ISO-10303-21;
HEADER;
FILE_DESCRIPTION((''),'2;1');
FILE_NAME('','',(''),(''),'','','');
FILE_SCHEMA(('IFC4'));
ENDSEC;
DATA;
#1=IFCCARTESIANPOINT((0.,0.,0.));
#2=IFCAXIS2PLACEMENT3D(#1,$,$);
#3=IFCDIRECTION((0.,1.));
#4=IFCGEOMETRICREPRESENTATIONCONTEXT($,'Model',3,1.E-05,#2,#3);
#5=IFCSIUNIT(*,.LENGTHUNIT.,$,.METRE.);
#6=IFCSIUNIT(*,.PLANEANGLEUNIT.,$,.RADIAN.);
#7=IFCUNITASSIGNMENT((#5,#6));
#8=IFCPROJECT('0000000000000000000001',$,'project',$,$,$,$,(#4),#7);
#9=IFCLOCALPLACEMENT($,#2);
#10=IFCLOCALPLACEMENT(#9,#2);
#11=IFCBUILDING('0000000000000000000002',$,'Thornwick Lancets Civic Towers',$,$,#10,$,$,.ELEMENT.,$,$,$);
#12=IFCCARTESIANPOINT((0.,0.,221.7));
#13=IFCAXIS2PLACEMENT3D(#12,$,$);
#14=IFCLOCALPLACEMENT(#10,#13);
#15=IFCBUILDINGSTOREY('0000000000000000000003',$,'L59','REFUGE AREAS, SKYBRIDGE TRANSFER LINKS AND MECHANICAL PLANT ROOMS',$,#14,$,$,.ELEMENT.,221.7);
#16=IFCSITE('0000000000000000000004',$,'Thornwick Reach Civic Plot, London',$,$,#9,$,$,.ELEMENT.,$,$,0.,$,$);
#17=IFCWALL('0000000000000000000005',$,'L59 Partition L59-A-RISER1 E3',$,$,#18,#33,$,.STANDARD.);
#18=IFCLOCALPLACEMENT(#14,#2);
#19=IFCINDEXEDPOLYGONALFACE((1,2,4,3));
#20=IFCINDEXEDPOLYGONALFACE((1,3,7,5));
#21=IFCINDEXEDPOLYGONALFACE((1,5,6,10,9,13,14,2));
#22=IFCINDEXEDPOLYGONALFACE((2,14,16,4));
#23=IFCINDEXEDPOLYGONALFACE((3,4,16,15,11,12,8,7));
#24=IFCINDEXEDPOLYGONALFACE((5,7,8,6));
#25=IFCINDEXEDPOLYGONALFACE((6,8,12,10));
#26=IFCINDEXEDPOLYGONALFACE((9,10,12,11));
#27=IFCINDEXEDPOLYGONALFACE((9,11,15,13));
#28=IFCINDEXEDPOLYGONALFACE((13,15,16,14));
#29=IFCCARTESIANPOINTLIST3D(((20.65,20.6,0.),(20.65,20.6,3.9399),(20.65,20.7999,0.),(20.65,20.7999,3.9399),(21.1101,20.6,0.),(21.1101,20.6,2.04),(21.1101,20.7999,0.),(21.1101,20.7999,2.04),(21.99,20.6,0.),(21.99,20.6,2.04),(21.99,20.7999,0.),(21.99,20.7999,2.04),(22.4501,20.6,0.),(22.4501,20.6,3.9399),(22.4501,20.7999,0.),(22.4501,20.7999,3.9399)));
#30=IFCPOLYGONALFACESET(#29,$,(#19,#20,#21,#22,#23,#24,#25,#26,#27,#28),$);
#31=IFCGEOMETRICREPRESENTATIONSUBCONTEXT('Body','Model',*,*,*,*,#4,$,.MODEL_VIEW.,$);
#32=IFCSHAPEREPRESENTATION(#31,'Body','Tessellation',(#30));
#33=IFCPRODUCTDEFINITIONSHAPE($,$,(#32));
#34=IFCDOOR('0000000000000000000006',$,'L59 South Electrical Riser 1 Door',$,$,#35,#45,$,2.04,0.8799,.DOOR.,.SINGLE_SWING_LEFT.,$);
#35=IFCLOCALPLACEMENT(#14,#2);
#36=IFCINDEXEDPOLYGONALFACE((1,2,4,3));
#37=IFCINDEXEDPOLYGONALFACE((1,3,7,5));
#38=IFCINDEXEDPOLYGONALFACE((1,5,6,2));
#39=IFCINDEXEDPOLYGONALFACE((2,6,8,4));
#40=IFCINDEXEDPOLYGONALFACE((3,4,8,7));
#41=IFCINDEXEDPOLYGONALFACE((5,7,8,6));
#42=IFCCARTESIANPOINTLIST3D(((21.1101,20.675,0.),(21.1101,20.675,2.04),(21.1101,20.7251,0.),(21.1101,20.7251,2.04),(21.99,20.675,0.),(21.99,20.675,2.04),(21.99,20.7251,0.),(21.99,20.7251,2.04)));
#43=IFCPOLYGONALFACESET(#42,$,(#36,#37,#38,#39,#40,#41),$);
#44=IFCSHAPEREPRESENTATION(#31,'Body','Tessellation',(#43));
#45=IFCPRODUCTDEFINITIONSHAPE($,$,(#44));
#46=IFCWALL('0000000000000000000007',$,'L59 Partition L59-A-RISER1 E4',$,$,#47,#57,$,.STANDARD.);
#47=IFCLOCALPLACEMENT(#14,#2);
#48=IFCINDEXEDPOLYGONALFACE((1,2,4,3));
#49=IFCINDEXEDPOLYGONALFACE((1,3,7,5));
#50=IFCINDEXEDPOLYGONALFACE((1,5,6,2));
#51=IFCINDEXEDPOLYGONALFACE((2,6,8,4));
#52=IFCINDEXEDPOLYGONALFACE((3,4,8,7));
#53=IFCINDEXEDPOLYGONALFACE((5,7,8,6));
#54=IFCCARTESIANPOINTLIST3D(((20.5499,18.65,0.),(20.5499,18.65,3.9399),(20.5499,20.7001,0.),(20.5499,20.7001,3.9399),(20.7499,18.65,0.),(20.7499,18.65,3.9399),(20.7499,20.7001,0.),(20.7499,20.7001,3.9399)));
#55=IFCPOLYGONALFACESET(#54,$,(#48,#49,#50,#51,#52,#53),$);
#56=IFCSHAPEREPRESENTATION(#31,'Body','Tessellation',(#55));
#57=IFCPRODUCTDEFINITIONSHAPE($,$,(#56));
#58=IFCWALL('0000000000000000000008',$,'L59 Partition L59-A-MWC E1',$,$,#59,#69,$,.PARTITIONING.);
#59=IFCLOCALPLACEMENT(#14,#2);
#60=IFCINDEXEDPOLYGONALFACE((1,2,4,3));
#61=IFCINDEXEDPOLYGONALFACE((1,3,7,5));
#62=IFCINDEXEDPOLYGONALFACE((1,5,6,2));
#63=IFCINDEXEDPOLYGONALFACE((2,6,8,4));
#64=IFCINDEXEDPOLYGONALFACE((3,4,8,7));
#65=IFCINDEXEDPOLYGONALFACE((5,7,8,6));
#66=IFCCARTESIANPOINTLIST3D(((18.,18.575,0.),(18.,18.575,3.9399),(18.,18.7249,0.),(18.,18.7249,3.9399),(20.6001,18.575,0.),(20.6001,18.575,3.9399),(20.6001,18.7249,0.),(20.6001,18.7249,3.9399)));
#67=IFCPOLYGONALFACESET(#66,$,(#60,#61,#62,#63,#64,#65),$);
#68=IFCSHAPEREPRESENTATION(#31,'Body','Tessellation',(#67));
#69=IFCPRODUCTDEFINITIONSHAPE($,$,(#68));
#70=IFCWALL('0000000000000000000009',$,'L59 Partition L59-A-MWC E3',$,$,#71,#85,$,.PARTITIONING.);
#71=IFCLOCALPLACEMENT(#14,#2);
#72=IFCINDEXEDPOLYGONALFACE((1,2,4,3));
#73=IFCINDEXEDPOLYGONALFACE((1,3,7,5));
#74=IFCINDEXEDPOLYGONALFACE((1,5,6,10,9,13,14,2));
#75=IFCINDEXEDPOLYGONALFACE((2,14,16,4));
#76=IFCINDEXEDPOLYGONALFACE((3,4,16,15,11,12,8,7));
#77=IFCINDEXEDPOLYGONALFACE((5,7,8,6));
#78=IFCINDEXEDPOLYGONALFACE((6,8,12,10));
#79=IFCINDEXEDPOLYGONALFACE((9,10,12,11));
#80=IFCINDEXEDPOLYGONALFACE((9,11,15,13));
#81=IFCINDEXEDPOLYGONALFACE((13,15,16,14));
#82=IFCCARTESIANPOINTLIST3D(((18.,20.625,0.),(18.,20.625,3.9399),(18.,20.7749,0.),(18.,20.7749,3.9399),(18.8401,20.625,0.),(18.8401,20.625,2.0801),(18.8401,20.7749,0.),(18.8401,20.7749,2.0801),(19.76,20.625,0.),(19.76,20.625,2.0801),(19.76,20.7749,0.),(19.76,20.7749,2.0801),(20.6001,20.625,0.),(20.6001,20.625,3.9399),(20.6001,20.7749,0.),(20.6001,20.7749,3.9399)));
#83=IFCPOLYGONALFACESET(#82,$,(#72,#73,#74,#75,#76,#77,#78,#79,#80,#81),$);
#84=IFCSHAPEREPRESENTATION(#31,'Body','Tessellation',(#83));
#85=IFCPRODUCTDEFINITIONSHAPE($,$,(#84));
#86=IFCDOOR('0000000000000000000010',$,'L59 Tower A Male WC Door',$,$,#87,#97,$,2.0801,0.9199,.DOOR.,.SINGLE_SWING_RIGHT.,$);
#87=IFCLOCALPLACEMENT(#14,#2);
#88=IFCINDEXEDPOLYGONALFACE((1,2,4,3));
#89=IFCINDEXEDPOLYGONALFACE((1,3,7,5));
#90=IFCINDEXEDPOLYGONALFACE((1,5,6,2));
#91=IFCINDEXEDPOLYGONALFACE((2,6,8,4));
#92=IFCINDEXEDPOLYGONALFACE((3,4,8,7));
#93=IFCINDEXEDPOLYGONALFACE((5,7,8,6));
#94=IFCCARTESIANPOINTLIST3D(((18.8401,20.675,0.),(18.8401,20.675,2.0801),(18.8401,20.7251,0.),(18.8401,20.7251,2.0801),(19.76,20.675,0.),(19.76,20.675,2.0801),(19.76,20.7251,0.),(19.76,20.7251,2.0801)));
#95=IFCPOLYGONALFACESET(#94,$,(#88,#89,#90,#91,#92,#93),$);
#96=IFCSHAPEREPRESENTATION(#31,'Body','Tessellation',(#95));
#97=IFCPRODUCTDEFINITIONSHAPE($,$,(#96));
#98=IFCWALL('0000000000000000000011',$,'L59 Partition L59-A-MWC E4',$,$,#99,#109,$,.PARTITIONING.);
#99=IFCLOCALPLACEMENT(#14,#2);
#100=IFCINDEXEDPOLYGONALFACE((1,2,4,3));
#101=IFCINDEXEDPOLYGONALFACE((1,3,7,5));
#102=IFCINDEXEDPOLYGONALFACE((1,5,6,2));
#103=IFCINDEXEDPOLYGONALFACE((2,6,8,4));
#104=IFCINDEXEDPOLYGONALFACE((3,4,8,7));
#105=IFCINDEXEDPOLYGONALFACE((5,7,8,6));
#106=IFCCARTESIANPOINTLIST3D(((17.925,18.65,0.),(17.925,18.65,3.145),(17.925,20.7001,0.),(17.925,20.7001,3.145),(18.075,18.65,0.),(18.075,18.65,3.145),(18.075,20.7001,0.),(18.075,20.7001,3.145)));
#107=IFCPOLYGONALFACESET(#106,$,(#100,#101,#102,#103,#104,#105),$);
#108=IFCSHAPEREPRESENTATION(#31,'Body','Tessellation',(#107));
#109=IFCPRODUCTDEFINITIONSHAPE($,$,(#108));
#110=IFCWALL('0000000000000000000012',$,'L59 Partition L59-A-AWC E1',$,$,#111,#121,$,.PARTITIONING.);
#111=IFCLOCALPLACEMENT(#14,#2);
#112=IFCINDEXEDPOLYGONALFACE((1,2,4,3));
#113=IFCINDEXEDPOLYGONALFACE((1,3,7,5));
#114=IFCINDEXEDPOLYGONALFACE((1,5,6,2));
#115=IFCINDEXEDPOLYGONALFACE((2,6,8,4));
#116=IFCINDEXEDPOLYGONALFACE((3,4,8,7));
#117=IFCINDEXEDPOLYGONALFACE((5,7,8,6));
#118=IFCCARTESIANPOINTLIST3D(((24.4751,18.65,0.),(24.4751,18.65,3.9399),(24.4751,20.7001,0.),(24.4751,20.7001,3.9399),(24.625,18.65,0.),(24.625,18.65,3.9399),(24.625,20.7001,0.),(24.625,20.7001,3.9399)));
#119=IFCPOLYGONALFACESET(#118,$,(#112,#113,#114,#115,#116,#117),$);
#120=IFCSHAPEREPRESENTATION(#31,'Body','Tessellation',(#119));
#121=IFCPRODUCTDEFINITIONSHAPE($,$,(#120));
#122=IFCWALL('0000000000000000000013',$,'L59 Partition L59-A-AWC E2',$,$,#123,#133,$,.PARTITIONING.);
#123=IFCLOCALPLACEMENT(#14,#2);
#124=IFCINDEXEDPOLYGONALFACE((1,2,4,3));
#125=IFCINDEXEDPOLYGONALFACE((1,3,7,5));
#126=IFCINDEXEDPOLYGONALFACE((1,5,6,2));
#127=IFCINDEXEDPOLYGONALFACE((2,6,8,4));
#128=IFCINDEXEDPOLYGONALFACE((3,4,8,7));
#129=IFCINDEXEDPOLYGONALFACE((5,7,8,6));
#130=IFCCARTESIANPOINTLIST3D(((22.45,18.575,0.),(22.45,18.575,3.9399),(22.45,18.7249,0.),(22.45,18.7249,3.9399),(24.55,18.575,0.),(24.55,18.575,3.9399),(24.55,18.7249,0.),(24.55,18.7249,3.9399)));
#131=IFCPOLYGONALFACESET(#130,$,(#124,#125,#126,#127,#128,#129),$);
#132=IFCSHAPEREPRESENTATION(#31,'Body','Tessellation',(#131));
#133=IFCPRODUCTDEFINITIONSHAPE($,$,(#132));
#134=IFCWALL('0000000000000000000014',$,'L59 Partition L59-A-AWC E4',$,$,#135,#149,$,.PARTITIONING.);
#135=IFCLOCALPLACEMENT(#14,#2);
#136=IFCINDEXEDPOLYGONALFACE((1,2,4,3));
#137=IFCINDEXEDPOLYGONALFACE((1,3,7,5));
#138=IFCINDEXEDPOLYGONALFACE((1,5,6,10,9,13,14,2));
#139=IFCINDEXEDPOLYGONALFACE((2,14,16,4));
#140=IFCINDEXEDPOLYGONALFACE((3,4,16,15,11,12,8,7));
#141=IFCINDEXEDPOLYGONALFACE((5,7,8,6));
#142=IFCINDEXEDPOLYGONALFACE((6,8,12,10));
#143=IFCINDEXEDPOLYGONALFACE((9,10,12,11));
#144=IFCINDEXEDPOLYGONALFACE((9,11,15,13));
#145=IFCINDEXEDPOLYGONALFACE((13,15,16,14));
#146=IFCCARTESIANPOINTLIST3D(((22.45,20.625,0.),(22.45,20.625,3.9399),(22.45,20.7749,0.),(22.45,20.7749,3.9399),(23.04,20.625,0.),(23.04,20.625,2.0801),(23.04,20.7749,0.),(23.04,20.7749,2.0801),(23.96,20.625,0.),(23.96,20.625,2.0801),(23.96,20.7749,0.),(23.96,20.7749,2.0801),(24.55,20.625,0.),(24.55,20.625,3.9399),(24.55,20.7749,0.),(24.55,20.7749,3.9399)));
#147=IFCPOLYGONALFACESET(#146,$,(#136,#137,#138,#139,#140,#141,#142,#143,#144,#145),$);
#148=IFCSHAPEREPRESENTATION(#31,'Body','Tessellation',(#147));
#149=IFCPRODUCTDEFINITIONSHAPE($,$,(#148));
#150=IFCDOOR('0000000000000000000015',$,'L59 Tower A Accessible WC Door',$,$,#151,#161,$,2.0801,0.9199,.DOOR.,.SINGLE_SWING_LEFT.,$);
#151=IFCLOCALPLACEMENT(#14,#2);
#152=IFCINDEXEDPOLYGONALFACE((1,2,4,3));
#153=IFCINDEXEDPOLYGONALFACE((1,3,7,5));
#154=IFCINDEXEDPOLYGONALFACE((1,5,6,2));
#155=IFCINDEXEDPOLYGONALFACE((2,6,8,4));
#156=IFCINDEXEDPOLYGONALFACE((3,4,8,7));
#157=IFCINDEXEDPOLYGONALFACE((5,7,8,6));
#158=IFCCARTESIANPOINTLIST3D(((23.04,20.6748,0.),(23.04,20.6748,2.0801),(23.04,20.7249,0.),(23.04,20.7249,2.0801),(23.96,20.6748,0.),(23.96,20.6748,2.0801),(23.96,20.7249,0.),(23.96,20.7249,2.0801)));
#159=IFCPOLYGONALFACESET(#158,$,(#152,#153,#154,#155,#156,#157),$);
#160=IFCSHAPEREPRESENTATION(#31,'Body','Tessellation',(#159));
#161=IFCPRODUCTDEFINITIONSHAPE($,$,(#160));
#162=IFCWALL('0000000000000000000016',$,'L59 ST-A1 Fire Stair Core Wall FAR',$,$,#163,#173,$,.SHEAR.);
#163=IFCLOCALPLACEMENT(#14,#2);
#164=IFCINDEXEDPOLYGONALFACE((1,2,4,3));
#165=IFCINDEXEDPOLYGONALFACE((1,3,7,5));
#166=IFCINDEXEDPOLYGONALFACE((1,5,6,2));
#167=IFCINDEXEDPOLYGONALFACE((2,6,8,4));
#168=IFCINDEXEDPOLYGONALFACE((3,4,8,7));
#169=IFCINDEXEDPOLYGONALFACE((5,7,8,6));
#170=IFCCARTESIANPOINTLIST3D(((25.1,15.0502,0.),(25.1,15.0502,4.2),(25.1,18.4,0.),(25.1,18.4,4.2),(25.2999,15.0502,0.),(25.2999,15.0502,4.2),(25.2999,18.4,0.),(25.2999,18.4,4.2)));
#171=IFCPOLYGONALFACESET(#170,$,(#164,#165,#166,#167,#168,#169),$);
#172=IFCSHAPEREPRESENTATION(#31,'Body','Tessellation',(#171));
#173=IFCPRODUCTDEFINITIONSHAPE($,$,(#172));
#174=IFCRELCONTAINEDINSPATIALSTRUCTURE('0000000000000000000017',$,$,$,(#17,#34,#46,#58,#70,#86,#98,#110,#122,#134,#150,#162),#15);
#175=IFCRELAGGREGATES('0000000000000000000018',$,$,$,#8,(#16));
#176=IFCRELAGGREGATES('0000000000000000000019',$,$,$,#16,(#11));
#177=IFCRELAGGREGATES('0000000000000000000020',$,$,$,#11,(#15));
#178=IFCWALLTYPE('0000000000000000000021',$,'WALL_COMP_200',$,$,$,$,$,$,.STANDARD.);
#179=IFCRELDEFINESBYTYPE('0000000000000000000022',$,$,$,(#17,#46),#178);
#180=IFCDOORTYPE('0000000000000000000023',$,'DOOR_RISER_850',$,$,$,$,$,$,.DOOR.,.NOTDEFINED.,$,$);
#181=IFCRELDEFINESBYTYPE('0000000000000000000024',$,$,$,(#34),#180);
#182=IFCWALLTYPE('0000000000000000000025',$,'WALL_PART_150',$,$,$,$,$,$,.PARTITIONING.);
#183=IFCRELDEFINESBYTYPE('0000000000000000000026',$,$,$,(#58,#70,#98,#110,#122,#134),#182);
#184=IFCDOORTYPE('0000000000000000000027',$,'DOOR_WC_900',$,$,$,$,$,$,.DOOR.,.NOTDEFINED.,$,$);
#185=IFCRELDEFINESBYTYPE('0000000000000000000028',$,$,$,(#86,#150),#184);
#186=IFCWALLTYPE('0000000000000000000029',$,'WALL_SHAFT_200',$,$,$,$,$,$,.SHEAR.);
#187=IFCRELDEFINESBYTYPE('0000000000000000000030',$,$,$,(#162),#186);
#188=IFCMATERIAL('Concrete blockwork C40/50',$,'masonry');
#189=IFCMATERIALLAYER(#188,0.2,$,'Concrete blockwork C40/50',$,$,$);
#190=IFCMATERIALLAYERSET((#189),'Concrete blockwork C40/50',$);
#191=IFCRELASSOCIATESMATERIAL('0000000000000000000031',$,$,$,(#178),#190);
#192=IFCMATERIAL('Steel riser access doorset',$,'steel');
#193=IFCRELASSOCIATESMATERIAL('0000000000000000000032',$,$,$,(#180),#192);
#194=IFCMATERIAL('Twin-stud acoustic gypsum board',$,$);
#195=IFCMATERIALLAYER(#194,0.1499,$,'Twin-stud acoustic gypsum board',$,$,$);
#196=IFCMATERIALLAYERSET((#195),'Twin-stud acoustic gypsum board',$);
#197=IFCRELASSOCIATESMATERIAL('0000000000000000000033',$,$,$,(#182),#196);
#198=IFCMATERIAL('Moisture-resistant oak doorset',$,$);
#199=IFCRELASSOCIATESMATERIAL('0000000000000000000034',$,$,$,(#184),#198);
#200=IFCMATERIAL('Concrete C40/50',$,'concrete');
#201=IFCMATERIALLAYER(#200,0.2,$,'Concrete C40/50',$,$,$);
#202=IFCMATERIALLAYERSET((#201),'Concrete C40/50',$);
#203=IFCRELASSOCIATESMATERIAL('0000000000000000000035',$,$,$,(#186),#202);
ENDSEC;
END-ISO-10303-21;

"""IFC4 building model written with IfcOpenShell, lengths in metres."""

from ifc_helpers import new_model, si_unit, direction, frame, frame_2d, origin, place, context, subcontext, project, spatial, rectangle, extrude, material, layer, layer_set, type_object, element, fill, save


model = new_model("IFC4")

# Units and contexts
model_context = context("Model", 3, precision=1e-05, world=origin(), true_north=direction((0.0, 1.0)))
body_context = subcontext(model_context, "Body", "Model", "MODEL_VIEW")
ifc_project = project(units=[si_unit("LENGTHUNIT", "METRE"), si_unit("PLANEANGLEUNIT", "RADIAN")], contexts=[model_context])

# Site, building, storey
site_placement = place(None, origin())
site = spatial("IfcSite", under=ifc_project, at=site_placement, Name="Thornwick Reach Civic Plot, London", CompositionType="ELEMENT", RefElevation=0.0)
building_placement = place(site_placement, origin())
building = spatial("IfcBuilding", under=site, at=building_placement, Name="Thornwick Lancets Civic Towers", CompositionType="ELEMENT")
storey_placement = place(building_placement, frame((0.0, 0.0, 221.7)))
storey = spatial("IfcBuildingStorey", under=building, at=storey_placement, Name="L59", Description="REFUGE AREAS, SKYBRIDGE TRANSFER LINKS AND MECHANICAL PLANT ROOMS", CompositionType="ELEMENT", Elevation=221.7)

# Shared definitions
ifc_material_1 = material(Name="Concrete blockwork C40/50", Category="masonry")
ifc_layer_1 = layer(ifc_material_1, 0.2, Name="Concrete blockwork C40/50")
ifc_layer_set_1 = layer_set([ifc_layer_1], Name="Concrete blockwork C40/50")
wall_type_1 = type_object("IfcWallType", Name="WALL_COMP_200", PredefinedType="STANDARD", material=ifc_layer_set_1)

# Wall, opening, door
wall_1_placement = place(storey_placement, frame((22.45, 20.7, 0.0), z_axis=(0.0, 0.0, 1.0), x_axis=(-1.0, 0.0, 0.0)))
wall_1 = element("IfcWall", 1, at=wall_1_placement, inside=storey, type_object=wall_type_1, Name="L59 Partition L59-A-RISER1 E3", PredefinedType="STANDARD", context=body_context, shape_type="SweptSolid", body=[
    extrude(rectangle(XDim=1.8, YDim=0.2, at=frame_2d((0.8999, 0.0))), origin(), (0.0, 0.0, 1.0), 3.9399),
])
opening_1_placement = place(wall_1_placement, frame((0.46, 0.0, 0.0)))
opening_1 = element("IfcOpeningElement", 2, at=opening_1_placement, cuts=wall_1, PredefinedType="OPENING", context=body_context, shape_type="SweptSolid", body=[
    extrude(rectangle(XDim=0.8799, YDim=2.04, at=frame_2d((0.4399, 1.02))), frame((0.0, 0.1099, 0.0), z_axis=(0.0, -1.0, 0.0), x_axis=(1.0, 0.0, 0.0)), (0.0, 0.0, 1.0), 0.22),
])
ifc_material_2 = material(Name="Steel riser access doorset", Category="steel")
door_type_1 = type_object("IfcDoorType", Name="DOOR_RISER_850", OperationType="NOTDEFINED", PredefinedType="DOOR", material=ifc_material_2)
door_1_placement = place(opening_1_placement, origin())
door_1 = element("IfcDoor", 3, at=door_1_placement, inside=storey, type_object=door_type_1, Name="L59 South Electrical Riser 1 Door", OperationType="SINGLE_SWING_LEFT", OverallHeight=2.04, OverallWidth=0.8799, PredefinedType="DOOR", context=body_context, shape_type="SweptSolid", body=[
    extrude(rectangle(XDim=0.8799, YDim=2.04, at=frame_2d((0.4399, 1.02))), frame((0.0, 0.0249, 0.0), z_axis=(0.0, -1.0, 0.0), x_axis=(1.0, 0.0, 0.0)), (0.0, 0.0, 1.0), 0.05),
])
fill(opening_1, door_1)

# Walls
wall_2_placement = place(storey_placement, frame((20.6499, 20.7, 0.0), z_axis=(0.0, 0.0, 1.0), x_axis=(0.0, -1.0, 0.0)))
element("IfcWall", 4, at=wall_2_placement, inside=storey, type_object=wall_type_1, Name="L59 Partition L59-A-RISER1 E4", PredefinedType="STANDARD", context=body_context, shape_type="SweptSolid", body=[
    extrude(rectangle(XDim=2.05, YDim=0.2, at=frame_2d((1.0249, 0.0))), origin(), (0.0, 0.0, 1.0), 3.9399),
])
ifc_material_3 = material(Name="Twin-stud acoustic gypsum board")
ifc_layer_2 = layer(ifc_material_3, 0.1499, Name="Twin-stud acoustic gypsum board")
ifc_layer_set_2 = layer_set([ifc_layer_2], Name="Twin-stud acoustic gypsum board")
wall_type_2 = type_object("IfcWallType", Name="WALL_PART_150", PredefinedType="PARTITIONING", material=ifc_layer_set_2)
wall_3_placement = place(storey_placement, frame((18.0, 18.6499, 0.0), z_axis=(0.0, 0.0, 1.0), x_axis=(1.0, 0.0, 0.0)))
element("IfcWall", 5, at=wall_3_placement, inside=storey, type_object=wall_type_2, Name="L59 Partition L59-A-MWC E1", PredefinedType="PARTITIONING", context=body_context, shape_type="SweptSolid", body=[
    extrude(rectangle(XDim=2.6001, YDim=0.1499, at=frame_2d((1.3, 0.0))), origin(), (0.0, 0.0, 1.0), 3.9399),
])

# Wall, opening, door
wall_4_placement = place(storey_placement, frame((20.6001, 20.7, 0.0), z_axis=(0.0, 0.0, 1.0), x_axis=(-1.0, 0.0, 0.0)))
wall_4 = element("IfcWall", 6, at=wall_4_placement, inside=storey, type_object=wall_type_2, Name="L59 Partition L59-A-MWC E3", PredefinedType="PARTITIONING", context=body_context, shape_type="SweptSolid", body=[
    extrude(rectangle(XDim=2.6001, YDim=0.1499, at=frame_2d((1.3, 0.0))), origin(), (0.0, 0.0, 1.0), 3.9399),
])
opening_2_placement = place(wall_4_placement, frame((0.8401, 0.0, 0.0)))
opening_2 = element("IfcOpeningElement", 7, at=opening_2_placement, cuts=wall_4, PredefinedType="OPENING", context=body_context, shape_type="SweptSolid", body=[
    extrude(rectangle(XDim=0.9199, YDim=2.0801, at=frame_2d((0.46, 1.04))), frame((0.0, 0.085, 0.0), z_axis=(0.0, -1.0, 0.0), x_axis=(1.0, 0.0, 0.0)), (0.0, 0.0, 1.0), 0.1699),
])
ifc_material_4 = material(Name="Moisture-resistant oak doorset")
door_type_2 = type_object("IfcDoorType", Name="DOOR_WC_900", OperationType="NOTDEFINED", PredefinedType="DOOR", material=ifc_material_4)
door_2_placement = place(opening_2_placement, origin())
door_2 = element("IfcDoor", 8, at=door_2_placement, inside=storey, type_object=door_type_2, Name="L59 Tower A Male WC Door", OperationType="SINGLE_SWING_RIGHT", OverallHeight=2.0801, OverallWidth=0.9199, PredefinedType="DOOR", context=body_context, shape_type="SweptSolid", body=[
    extrude(rectangle(XDim=0.9199, YDim=2.0801, at=frame_2d((0.46, 1.04))), frame((0.0, 0.0249, 0.0), z_axis=(0.0, -1.0, 0.0), x_axis=(1.0, 0.0, 0.0)), (0.0, 0.0, 1.0), 0.05),
])
fill(opening_2, door_2)

# Walls
wall_5_placement = place(storey_placement, frame((18.0, 20.7, 0.0), z_axis=(0.0, 0.0, 1.0), x_axis=(0.0, -1.0, 0.0)))
element("IfcWall", 9, at=wall_5_placement, inside=storey, type_object=wall_type_2, Name="L59 Partition L59-A-MWC E4", PredefinedType="PARTITIONING", context=body_context, shape_type="SweptSolid", body=[
    extrude(rectangle(XDim=2.05, YDim=0.1499, at=frame_2d((1.0249, 0.0))), origin(), (0.0, 0.0, 1.0), 3.145),
])
wall_6_placement = place(storey_placement, frame((24.55, 20.7, 0.0), z_axis=(0.0, 0.0, 1.0), x_axis=(0.0, -1.0, 0.0)))
element("IfcWall", 10, at=wall_6_placement, inside=storey, type_object=wall_type_2, Name="L59 Partition L59-A-AWC E1", PredefinedType="PARTITIONING", context=body_context, shape_type="SweptSolid", body=[
    extrude(rectangle(XDim=2.05, YDim=0.1499, at=frame_2d((1.0249, 0.0))), origin(), (0.0, 0.0, 1.0), 3.9399),
])
wall_7_placement = place(storey_placement, frame((24.55, 18.6499, 0.0), z_axis=(0.0, 0.0, 1.0), x_axis=(-1.0, 0.0, 0.0)))
element("IfcWall", 11, at=wall_7_placement, inside=storey, type_object=wall_type_2, Name="L59 Partition L59-A-AWC E2", PredefinedType="PARTITIONING", context=body_context, shape_type="SweptSolid", body=[
    extrude(rectangle(XDim=2.1001, YDim=0.1499, at=frame_2d((1.05, 0.0))), origin(), (0.0, 0.0, 1.0), 3.9399),
])

# Wall, opening, door
wall_8_placement = place(storey_placement, frame((22.45, 20.7, 0.0), z_axis=(0.0, 0.0, 1.0), x_axis=(1.0, 0.0, 0.0)))
wall_8 = element("IfcWall", 12, at=wall_8_placement, inside=storey, type_object=wall_type_2, Name="L59 Partition L59-A-AWC E4", PredefinedType="PARTITIONING", context=body_context, shape_type="SweptSolid", body=[
    extrude(rectangle(XDim=2.1001, YDim=0.1499, at=frame_2d((1.05, 0.0))), origin(), (0.0, 0.0, 1.0), 3.9399),
])
opening_3_placement = place(wall_8_placement, frame((0.5901, 0.0, 0.0)))
opening_3 = element("IfcOpeningElement", 13, at=opening_3_placement, cuts=wall_8, PredefinedType="OPENING", context=body_context, shape_type="SweptSolid", body=[
    extrude(rectangle(XDim=0.9199, YDim=2.0801, at=frame_2d((0.46, 1.04))), frame((0.0, 0.085, 0.0), z_axis=(0.0, -1.0, 0.0), x_axis=(1.0, 0.0, 0.0)), (0.0, 0.0, 1.0), 0.1699),
])
door_3_placement = place(opening_3_placement, origin())
door_3 = element("IfcDoor", 14, at=door_3_placement, inside=storey, type_object=door_type_2, Name="L59 Tower A Accessible WC Door", OperationType="SINGLE_SWING_LEFT", OverallHeight=2.0801, OverallWidth=0.9199, PredefinedType="DOOR", context=body_context, shape_type="SweptSolid", body=[
    extrude(rectangle(XDim=0.9199, YDim=2.0801, at=frame_2d((0.46, 1.04))), frame((0.0, 0.0249, 0.0), z_axis=(0.0, -1.0, 0.0), x_axis=(1.0, 0.0, 0.0)), (0.0, 0.0, 1.0), 0.05),
])
fill(opening_3, door_3)

# Wall
ifc_material_5 = material(Name="Concrete C40/50", Category="concrete")
ifc_layer_3 = layer(ifc_material_5, 0.2, Name="Concrete C40/50")
ifc_layer_set_3 = layer_set([ifc_layer_3], Name="Concrete C40/50")
wall_type_3 = type_object("IfcWallType", Name="WALL_SHAFT_200", PredefinedType="SHEAR", material=ifc_layer_set_3)
wall_9_placement = place(storey_placement, frame((25.2, 18.3999, 0.0), z_axis=(0.0, 0.0, 1.0), x_axis=(0.0, -1.0, 0.0)))
element("IfcWall", 15, at=wall_9_placement, inside=storey, type_object=wall_type_3, Name="L59 ST-A1 Fire Stair Core Wall FAR", PredefinedType="SHEAR", context=body_context, shape_type="SweptSolid", body=[
    extrude(rectangle(XDim=3.3499, YDim=0.2, at=frame_2d((1.6748, 0.0))), origin(), (0.0, 0.0, 1.0), 4.2),
])

save(model, "model.ifc")
